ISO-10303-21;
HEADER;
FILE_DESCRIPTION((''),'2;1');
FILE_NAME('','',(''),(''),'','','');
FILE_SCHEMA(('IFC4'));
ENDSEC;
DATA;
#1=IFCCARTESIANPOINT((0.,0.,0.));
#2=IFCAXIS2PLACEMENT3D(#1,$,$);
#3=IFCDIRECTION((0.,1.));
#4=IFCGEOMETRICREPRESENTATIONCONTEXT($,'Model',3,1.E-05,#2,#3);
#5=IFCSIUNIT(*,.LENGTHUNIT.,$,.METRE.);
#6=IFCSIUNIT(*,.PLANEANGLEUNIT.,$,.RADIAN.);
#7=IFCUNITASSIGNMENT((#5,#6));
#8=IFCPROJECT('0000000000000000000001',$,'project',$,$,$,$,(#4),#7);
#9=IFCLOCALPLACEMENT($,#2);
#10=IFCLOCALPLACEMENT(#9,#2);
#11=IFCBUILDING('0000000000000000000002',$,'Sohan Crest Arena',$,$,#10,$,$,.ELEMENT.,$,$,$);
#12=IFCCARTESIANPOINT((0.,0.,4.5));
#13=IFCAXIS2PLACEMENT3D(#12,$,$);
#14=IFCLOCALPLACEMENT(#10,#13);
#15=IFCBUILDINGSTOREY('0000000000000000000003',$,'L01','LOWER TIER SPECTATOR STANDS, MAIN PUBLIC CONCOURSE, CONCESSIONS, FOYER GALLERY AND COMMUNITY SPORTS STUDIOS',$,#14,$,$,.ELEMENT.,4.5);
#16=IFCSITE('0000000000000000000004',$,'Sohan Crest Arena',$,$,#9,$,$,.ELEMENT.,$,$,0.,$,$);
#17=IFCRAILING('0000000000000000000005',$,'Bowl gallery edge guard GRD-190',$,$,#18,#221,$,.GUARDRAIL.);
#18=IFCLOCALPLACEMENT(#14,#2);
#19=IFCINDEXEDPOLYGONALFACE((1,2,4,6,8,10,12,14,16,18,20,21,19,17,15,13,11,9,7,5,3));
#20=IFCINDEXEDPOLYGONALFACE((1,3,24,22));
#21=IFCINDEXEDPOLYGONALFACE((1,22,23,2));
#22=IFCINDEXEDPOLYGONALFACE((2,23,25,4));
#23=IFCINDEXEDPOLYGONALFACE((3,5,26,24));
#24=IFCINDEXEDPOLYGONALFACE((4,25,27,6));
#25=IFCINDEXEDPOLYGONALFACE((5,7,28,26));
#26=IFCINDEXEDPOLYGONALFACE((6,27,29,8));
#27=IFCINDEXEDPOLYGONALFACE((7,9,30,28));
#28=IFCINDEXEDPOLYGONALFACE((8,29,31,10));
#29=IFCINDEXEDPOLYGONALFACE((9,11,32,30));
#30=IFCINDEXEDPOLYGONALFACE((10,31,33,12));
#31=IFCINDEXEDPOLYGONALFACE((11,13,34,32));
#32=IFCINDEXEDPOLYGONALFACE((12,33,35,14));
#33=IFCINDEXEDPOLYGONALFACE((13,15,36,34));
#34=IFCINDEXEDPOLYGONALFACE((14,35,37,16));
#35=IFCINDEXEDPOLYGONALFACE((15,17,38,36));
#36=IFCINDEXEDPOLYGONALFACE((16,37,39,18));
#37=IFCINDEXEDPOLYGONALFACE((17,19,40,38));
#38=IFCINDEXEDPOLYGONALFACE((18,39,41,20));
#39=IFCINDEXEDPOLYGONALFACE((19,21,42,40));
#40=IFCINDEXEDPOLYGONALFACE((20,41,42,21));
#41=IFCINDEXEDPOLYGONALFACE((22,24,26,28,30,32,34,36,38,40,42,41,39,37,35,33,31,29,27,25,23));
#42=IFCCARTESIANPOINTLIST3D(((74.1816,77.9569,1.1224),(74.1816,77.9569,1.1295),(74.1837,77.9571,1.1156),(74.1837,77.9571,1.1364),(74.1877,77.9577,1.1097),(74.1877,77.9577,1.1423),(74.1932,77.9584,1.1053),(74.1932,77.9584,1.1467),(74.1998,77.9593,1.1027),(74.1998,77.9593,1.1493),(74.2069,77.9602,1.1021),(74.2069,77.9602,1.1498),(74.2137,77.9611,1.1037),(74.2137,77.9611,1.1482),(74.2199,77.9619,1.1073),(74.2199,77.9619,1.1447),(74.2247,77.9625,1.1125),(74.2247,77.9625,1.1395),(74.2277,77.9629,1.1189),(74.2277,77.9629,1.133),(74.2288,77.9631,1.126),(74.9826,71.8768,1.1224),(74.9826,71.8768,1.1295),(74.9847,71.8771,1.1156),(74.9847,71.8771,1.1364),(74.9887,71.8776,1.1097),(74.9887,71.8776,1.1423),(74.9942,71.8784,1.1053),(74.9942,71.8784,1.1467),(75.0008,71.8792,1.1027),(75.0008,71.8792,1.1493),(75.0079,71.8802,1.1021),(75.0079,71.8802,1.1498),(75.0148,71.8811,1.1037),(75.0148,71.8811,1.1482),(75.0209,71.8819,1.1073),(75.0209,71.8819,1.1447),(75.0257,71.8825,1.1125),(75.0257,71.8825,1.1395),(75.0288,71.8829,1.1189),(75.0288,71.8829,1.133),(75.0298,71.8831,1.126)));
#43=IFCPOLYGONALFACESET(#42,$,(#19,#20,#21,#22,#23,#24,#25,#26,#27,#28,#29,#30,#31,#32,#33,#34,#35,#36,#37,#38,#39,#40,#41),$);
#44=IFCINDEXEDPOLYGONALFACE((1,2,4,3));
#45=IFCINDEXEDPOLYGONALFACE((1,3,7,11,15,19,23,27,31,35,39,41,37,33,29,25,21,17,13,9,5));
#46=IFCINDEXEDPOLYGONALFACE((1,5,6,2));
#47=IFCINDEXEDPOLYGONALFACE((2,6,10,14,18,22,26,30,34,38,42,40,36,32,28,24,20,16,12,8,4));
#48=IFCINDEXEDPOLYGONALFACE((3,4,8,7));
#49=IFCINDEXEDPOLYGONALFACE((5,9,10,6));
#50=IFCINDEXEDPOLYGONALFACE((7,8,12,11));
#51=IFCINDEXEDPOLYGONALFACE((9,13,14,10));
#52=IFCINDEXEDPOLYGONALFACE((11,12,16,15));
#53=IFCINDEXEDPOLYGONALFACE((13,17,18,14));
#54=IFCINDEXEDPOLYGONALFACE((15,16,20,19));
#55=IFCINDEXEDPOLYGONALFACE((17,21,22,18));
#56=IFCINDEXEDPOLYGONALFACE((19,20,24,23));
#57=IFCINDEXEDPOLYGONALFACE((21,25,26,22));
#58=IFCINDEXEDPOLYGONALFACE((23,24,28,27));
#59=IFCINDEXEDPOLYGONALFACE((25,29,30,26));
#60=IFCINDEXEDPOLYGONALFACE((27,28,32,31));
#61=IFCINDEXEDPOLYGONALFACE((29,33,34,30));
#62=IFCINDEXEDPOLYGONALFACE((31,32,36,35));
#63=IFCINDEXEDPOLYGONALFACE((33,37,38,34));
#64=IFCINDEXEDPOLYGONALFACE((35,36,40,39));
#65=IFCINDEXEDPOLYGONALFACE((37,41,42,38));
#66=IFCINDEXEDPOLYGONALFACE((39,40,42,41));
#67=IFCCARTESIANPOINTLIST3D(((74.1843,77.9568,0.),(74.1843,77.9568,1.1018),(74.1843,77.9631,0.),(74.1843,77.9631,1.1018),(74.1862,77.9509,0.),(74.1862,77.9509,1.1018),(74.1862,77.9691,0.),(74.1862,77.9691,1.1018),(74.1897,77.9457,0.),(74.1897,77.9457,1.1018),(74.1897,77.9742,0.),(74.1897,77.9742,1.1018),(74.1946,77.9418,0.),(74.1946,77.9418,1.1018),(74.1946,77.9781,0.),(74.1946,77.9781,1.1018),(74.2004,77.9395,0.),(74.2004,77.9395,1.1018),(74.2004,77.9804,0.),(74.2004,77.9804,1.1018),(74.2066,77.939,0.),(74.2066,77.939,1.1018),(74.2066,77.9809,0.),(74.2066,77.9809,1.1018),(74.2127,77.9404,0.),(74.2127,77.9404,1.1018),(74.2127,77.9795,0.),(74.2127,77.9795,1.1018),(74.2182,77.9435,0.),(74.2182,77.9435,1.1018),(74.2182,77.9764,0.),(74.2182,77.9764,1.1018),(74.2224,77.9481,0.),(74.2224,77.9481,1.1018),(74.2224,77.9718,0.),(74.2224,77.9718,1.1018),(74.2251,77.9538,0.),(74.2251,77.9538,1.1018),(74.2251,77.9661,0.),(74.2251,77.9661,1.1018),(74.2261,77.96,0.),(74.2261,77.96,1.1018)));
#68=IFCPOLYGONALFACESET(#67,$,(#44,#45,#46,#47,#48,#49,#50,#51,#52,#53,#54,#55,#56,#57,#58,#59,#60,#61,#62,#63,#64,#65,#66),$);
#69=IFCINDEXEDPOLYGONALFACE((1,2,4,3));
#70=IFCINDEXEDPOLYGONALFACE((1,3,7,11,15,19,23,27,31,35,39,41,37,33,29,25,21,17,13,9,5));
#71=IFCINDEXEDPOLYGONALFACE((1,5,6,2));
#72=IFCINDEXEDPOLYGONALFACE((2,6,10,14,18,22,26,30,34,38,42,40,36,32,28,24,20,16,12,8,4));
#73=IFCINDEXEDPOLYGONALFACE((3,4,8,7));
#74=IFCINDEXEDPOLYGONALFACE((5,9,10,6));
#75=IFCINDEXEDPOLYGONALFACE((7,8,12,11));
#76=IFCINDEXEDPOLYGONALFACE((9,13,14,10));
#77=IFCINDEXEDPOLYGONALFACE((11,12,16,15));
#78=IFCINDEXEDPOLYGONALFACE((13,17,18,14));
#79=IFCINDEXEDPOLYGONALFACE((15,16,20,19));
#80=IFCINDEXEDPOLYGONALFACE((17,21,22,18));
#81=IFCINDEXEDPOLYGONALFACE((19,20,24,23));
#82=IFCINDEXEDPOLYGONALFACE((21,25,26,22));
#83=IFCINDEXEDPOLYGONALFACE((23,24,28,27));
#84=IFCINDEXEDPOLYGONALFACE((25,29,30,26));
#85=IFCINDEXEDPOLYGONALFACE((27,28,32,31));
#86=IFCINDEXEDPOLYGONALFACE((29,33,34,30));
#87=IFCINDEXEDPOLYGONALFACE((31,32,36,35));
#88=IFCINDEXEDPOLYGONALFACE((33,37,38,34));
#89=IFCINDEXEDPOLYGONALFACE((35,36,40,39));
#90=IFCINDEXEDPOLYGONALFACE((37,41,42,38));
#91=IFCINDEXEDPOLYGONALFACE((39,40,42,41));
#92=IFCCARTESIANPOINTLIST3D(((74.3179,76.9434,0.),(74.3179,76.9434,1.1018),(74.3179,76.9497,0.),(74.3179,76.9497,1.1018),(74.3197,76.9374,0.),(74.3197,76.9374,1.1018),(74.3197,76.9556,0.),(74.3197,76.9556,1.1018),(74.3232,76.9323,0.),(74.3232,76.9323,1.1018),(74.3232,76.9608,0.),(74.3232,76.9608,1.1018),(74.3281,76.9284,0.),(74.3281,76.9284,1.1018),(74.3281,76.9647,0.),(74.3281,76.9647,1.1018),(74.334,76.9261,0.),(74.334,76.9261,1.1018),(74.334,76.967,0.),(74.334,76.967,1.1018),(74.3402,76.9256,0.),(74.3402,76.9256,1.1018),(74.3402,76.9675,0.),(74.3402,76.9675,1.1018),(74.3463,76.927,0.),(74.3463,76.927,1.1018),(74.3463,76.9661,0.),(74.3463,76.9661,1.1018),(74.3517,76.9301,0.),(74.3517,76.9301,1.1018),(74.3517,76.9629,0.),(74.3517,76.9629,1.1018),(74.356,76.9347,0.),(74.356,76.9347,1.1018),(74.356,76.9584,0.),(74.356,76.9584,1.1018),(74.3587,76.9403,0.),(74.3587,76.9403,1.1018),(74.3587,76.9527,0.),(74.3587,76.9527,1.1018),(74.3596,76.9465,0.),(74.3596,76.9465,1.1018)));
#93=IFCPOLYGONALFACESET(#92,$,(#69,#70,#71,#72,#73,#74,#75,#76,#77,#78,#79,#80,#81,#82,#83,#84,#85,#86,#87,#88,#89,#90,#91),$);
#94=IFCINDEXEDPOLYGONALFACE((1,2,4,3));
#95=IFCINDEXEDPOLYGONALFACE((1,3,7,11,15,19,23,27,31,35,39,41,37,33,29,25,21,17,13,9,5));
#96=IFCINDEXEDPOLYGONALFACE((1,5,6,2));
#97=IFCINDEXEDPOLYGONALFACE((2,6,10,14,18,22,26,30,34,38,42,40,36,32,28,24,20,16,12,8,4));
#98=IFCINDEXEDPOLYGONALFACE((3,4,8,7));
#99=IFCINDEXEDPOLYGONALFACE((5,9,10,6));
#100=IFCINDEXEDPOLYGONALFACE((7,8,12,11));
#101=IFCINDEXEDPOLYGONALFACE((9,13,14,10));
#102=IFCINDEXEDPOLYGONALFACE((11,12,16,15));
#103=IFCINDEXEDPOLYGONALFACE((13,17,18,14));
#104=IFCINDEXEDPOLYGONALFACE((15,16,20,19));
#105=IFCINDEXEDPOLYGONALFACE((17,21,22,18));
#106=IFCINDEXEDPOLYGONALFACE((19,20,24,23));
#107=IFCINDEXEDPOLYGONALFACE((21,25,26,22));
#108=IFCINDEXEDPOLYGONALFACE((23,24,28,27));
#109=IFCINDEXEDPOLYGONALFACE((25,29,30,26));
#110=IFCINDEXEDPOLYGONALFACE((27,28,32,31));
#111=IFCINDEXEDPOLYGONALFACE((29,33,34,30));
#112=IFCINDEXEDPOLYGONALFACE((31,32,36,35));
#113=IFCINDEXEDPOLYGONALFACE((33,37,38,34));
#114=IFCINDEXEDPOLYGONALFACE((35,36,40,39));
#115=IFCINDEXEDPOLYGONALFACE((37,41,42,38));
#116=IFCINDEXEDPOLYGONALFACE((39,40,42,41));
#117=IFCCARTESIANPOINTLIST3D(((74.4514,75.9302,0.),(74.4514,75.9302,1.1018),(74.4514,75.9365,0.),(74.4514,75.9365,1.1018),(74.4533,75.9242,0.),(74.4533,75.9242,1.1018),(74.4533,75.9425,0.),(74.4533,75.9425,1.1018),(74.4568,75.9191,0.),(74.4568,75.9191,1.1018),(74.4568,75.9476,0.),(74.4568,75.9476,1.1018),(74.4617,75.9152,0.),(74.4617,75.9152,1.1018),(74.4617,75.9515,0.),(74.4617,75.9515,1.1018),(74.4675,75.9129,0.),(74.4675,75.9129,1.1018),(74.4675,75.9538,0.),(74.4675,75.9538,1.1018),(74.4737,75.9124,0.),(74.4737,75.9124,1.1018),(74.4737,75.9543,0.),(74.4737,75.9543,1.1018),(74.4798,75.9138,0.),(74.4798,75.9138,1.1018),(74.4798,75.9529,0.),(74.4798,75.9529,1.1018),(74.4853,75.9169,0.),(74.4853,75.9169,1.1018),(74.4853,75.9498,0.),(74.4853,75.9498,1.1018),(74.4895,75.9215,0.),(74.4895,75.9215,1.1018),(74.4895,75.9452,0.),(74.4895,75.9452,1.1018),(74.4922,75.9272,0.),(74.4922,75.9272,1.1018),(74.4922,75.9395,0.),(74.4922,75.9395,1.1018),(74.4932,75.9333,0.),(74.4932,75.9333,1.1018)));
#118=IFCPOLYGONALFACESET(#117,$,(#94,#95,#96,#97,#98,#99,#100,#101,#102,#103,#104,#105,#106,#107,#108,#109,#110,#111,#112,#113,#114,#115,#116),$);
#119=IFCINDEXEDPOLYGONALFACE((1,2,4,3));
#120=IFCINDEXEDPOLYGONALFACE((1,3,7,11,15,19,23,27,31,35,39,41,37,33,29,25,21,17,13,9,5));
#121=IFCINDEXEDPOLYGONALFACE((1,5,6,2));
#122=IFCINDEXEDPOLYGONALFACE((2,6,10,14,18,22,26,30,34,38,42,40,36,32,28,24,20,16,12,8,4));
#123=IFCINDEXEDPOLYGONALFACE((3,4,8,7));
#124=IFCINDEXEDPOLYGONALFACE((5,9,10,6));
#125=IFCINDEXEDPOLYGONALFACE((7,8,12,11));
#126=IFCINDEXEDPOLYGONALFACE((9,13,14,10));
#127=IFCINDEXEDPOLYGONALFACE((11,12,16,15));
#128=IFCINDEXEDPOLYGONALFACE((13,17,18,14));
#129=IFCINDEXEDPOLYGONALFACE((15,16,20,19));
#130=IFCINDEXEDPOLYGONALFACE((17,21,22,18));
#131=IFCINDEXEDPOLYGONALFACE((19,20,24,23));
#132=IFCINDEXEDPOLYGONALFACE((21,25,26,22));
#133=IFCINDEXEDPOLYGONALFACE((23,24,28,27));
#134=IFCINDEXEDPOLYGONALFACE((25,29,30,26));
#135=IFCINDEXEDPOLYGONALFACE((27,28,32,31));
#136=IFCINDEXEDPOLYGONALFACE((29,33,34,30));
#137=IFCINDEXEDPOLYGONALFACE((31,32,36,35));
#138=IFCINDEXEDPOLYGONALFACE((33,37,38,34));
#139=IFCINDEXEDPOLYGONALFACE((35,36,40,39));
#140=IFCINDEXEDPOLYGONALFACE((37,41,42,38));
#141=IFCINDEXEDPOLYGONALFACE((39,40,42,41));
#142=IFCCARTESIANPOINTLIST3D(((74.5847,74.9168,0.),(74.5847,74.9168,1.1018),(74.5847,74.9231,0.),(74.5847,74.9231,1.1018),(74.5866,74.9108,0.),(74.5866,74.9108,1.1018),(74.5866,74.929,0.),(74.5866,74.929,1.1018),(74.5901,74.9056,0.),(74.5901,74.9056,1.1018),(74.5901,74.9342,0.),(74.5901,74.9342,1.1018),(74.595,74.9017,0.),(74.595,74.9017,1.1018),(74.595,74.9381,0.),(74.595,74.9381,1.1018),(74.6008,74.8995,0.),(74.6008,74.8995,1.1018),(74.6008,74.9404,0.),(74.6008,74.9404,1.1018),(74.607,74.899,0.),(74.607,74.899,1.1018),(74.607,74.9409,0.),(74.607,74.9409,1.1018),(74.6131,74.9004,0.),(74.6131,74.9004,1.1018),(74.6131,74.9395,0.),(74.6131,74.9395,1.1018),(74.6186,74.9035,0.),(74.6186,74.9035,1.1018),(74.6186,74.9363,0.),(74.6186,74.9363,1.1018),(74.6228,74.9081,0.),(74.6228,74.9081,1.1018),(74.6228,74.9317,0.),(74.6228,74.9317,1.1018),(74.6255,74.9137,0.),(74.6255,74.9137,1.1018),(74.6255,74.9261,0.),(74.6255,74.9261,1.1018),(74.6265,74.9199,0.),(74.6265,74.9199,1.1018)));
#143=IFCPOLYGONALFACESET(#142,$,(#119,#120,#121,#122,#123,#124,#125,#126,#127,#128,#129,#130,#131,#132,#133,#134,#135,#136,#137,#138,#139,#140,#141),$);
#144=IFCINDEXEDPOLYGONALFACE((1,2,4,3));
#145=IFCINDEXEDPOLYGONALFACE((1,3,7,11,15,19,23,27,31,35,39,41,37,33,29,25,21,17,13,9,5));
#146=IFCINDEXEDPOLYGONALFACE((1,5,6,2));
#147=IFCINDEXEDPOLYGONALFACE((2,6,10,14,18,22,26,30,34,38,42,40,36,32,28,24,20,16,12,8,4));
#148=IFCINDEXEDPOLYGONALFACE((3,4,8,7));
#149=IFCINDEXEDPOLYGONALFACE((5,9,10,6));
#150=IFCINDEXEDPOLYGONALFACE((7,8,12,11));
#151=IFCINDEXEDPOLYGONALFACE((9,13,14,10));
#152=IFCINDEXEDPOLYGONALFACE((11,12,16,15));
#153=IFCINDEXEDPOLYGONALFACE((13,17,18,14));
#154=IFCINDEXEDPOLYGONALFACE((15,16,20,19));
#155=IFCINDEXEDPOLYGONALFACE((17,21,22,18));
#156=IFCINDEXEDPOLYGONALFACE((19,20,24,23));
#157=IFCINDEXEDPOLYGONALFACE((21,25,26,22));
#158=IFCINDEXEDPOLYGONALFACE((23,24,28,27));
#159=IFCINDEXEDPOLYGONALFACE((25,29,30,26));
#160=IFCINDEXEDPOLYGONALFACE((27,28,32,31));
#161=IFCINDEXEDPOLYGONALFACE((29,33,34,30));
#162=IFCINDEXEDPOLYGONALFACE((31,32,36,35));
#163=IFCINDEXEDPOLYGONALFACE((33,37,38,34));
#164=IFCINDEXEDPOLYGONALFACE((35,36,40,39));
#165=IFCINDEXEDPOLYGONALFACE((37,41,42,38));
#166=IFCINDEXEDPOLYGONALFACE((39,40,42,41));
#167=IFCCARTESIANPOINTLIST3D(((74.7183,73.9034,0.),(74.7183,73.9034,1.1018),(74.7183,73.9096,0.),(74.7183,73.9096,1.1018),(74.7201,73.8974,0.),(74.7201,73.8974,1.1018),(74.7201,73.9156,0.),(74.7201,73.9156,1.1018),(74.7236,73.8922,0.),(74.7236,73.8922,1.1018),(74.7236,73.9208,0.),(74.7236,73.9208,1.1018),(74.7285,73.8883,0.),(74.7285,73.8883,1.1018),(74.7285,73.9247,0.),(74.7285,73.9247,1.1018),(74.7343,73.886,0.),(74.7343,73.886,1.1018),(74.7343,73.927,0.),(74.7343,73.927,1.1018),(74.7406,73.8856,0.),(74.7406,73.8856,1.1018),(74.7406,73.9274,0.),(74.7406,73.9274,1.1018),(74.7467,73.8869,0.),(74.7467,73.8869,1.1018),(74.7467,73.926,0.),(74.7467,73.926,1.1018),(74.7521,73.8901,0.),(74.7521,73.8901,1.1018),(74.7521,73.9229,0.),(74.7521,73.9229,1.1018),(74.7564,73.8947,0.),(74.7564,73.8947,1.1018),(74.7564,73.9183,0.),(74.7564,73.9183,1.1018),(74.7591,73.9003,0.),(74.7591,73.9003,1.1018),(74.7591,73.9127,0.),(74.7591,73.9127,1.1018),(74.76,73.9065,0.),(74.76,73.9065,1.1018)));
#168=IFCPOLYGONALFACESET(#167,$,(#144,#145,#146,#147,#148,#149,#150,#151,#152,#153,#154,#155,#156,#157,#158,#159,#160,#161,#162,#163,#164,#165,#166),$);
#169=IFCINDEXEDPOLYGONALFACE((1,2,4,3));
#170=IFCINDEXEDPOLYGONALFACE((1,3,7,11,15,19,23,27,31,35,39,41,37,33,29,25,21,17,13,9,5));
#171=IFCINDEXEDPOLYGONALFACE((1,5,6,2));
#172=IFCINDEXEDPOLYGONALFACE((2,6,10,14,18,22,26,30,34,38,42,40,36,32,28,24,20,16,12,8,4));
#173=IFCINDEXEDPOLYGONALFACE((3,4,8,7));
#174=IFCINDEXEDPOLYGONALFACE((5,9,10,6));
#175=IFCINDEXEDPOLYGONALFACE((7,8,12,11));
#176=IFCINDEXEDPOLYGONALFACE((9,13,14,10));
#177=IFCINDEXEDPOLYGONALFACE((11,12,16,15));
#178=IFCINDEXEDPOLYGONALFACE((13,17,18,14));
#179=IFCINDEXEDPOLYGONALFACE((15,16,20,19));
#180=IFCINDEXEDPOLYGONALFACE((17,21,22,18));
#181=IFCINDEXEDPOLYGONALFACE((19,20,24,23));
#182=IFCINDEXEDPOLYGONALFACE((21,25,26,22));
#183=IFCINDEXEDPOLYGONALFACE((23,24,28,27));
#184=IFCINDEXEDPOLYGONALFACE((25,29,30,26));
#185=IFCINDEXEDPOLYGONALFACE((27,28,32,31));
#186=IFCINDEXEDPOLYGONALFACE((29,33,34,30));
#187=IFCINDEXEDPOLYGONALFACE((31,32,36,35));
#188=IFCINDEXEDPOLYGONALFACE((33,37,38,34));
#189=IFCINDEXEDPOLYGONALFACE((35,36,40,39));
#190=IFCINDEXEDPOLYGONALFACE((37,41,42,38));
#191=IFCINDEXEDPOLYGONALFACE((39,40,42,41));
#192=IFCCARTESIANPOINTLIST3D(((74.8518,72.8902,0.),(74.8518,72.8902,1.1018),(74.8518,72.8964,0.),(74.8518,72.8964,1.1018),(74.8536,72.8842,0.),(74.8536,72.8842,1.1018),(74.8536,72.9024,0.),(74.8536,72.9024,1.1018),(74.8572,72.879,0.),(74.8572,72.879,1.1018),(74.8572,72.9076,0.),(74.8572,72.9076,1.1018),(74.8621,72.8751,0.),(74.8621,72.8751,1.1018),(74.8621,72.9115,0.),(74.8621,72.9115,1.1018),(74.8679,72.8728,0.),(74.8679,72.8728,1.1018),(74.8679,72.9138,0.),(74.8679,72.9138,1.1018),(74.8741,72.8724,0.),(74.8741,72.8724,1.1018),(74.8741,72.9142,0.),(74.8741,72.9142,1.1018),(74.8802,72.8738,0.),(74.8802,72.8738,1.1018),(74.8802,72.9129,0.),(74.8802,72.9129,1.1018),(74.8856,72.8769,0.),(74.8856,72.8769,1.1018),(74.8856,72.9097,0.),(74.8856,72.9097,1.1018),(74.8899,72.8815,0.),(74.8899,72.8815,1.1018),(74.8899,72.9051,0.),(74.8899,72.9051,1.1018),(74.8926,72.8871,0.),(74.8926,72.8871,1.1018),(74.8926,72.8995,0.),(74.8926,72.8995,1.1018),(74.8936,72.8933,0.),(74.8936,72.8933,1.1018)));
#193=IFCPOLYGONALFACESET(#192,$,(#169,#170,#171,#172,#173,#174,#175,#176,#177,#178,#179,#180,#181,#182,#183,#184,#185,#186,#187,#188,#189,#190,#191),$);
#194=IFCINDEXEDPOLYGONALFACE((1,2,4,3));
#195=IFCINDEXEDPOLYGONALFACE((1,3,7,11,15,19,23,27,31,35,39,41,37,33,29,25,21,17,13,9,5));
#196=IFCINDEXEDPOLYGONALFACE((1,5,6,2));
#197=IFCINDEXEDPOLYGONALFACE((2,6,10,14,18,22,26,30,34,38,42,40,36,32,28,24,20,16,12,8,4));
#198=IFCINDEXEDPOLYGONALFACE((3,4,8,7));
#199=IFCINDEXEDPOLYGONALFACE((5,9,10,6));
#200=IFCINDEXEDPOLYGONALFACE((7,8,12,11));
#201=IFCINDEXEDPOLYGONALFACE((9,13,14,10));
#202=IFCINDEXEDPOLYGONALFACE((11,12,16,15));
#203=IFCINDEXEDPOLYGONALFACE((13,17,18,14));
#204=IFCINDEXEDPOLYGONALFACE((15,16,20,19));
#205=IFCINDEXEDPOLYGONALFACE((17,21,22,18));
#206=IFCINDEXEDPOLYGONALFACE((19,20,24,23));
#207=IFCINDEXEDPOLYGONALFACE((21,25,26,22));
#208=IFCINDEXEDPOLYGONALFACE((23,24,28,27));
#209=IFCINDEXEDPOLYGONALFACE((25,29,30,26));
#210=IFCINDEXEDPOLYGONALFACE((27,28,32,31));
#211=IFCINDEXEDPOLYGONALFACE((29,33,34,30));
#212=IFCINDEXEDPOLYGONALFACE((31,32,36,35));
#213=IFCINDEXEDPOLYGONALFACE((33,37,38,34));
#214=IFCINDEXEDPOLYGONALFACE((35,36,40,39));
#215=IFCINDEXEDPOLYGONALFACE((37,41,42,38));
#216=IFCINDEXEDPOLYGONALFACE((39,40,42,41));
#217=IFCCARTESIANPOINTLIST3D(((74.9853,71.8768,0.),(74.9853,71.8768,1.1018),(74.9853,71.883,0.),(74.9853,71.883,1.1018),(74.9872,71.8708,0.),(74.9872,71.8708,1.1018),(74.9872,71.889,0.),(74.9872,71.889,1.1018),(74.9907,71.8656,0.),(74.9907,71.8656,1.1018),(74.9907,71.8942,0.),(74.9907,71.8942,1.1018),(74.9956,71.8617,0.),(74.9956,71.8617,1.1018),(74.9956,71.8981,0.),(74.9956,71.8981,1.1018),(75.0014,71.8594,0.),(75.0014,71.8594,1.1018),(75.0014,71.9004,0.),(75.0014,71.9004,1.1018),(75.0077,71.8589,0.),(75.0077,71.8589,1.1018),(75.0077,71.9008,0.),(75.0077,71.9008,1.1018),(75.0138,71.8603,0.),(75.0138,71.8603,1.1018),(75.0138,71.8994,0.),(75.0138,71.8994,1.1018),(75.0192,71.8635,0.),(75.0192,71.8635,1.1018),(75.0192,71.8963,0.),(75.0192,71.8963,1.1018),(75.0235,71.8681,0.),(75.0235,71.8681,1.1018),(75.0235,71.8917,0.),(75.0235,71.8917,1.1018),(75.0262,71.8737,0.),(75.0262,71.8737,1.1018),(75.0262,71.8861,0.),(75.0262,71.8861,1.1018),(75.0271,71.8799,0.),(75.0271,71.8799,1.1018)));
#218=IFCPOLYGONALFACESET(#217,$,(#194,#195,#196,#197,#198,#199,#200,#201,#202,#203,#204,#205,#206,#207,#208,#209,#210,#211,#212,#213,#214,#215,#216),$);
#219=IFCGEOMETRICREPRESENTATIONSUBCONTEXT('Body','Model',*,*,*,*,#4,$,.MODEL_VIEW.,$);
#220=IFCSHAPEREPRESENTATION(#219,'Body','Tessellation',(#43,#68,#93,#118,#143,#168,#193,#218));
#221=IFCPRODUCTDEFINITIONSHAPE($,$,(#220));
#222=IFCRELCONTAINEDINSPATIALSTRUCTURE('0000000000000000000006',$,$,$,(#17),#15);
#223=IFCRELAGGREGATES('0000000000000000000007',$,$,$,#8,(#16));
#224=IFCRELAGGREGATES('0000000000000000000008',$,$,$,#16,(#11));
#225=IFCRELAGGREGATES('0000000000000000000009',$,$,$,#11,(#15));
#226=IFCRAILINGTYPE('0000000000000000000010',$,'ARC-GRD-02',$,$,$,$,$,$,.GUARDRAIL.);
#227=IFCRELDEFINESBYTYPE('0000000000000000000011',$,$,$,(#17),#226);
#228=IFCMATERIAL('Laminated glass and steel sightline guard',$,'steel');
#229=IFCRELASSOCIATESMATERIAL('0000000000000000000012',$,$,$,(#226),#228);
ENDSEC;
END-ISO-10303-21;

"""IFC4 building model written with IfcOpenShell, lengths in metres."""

from ifc_helpers import new_model, si_unit, direction, frame, origin, origin_2d, place, context, subcontext, project, spatial, circle, extrude, material, type_object, element, save


model = new_model("IFC4")

# Units and contexts
model_context = context("Model", 3, precision=1e-05, world=origin(), true_north=direction((0.0, 1.0)))
body_context = subcontext(model_context, "Body", "Model", "MODEL_VIEW")
ifc_project = project(units=[si_unit("LENGTHUNIT", "METRE"), si_unit("PLANEANGLEUNIT", "RADIAN")], contexts=[model_context])

# Site, building, storey
site_placement = place(None, origin())
site = spatial("IfcSite", under=ifc_project, at=site_placement, Name="Sohan Crest Arena", CompositionType="ELEMENT", RefElevation=0.0)
building_placement = place(site_placement, origin())
building = spatial("IfcBuilding", under=site, at=building_placement, Name="Sohan Crest Arena", CompositionType="ELEMENT")
storey_placement = place(building_placement, frame((0.0, 0.0, 4.5)))
storey = spatial("IfcBuildingStorey", under=building, at=storey_placement, Name="L01", Description="LOWER TIER SPECTATOR STANDS, MAIN PUBLIC CONCOURSE, CONCESSIONS, FOYER GALLERY AND COMMUNITY SPORTS STUDIOS", CompositionType="ELEMENT", Elevation=4.5)

# Railing
ifc_material_1 = material(Name="Laminated glass and steel sightline guard", Category="steel")
railing_type = type_object("IfcRailingType", Name="ARC-GRD-02", PredefinedType="GUARDRAIL", material=ifc_material_1)
railing_1_placement = place(storey_placement, frame((74.2051, 77.96, 0.0)))
element("IfcRailing", 1, at=railing_1_placement, inside=storey, type_object=railing_type, Name="Bowl gallery edge guard GRD-190", PredefinedType="GUARDRAIL", context=body_context, shape_type="SweptSolid", body=[
    extrude(circle(Radius=0.0239, at=origin_2d()), frame((0.0, 0.0, 1.126), z_axis=(0.130617, -0.991433, 0.0), x_axis=(0.991433, 0.130617, 0.0)), (0.0, 0.0, 1.0), 6.1326),
    extrude(circle(Radius=0.021, at=origin_2d()), origin(), (0.0, 0.0, 1.0), 1.1018),
    extrude(circle(Radius=0.021, at=origin_2d()), frame((0.1335, -1.0134, 0.0)), (0.0, 0.0, 1.0), 1.1018),
    extrude(circle(Radius=0.021, at=origin_2d()), frame((0.2671, -2.0266, 0.0)), (0.0, 0.0, 1.0), 1.1018),
    extrude(circle(Radius=0.021, at=origin_2d()), frame((0.4004, -3.04, 0.0)), (0.0, 0.0, 1.0), 1.1018),
    extrude(circle(Radius=0.021, at=origin_2d()), frame((0.5339, -4.0535, 0.0)), (0.0, 0.0, 1.0), 1.1018),
    extrude(circle(Radius=0.021, at=origin_2d()), frame((0.6675, -5.0667, 0.0)), (0.0, 0.0, 1.0), 1.1018),
    extrude(circle(Radius=0.021, at=origin_2d()), frame((0.801, -6.0801, 0.0)), (0.0, 0.0, 1.0), 1.1018),
])

save(model, "model.ifc")
